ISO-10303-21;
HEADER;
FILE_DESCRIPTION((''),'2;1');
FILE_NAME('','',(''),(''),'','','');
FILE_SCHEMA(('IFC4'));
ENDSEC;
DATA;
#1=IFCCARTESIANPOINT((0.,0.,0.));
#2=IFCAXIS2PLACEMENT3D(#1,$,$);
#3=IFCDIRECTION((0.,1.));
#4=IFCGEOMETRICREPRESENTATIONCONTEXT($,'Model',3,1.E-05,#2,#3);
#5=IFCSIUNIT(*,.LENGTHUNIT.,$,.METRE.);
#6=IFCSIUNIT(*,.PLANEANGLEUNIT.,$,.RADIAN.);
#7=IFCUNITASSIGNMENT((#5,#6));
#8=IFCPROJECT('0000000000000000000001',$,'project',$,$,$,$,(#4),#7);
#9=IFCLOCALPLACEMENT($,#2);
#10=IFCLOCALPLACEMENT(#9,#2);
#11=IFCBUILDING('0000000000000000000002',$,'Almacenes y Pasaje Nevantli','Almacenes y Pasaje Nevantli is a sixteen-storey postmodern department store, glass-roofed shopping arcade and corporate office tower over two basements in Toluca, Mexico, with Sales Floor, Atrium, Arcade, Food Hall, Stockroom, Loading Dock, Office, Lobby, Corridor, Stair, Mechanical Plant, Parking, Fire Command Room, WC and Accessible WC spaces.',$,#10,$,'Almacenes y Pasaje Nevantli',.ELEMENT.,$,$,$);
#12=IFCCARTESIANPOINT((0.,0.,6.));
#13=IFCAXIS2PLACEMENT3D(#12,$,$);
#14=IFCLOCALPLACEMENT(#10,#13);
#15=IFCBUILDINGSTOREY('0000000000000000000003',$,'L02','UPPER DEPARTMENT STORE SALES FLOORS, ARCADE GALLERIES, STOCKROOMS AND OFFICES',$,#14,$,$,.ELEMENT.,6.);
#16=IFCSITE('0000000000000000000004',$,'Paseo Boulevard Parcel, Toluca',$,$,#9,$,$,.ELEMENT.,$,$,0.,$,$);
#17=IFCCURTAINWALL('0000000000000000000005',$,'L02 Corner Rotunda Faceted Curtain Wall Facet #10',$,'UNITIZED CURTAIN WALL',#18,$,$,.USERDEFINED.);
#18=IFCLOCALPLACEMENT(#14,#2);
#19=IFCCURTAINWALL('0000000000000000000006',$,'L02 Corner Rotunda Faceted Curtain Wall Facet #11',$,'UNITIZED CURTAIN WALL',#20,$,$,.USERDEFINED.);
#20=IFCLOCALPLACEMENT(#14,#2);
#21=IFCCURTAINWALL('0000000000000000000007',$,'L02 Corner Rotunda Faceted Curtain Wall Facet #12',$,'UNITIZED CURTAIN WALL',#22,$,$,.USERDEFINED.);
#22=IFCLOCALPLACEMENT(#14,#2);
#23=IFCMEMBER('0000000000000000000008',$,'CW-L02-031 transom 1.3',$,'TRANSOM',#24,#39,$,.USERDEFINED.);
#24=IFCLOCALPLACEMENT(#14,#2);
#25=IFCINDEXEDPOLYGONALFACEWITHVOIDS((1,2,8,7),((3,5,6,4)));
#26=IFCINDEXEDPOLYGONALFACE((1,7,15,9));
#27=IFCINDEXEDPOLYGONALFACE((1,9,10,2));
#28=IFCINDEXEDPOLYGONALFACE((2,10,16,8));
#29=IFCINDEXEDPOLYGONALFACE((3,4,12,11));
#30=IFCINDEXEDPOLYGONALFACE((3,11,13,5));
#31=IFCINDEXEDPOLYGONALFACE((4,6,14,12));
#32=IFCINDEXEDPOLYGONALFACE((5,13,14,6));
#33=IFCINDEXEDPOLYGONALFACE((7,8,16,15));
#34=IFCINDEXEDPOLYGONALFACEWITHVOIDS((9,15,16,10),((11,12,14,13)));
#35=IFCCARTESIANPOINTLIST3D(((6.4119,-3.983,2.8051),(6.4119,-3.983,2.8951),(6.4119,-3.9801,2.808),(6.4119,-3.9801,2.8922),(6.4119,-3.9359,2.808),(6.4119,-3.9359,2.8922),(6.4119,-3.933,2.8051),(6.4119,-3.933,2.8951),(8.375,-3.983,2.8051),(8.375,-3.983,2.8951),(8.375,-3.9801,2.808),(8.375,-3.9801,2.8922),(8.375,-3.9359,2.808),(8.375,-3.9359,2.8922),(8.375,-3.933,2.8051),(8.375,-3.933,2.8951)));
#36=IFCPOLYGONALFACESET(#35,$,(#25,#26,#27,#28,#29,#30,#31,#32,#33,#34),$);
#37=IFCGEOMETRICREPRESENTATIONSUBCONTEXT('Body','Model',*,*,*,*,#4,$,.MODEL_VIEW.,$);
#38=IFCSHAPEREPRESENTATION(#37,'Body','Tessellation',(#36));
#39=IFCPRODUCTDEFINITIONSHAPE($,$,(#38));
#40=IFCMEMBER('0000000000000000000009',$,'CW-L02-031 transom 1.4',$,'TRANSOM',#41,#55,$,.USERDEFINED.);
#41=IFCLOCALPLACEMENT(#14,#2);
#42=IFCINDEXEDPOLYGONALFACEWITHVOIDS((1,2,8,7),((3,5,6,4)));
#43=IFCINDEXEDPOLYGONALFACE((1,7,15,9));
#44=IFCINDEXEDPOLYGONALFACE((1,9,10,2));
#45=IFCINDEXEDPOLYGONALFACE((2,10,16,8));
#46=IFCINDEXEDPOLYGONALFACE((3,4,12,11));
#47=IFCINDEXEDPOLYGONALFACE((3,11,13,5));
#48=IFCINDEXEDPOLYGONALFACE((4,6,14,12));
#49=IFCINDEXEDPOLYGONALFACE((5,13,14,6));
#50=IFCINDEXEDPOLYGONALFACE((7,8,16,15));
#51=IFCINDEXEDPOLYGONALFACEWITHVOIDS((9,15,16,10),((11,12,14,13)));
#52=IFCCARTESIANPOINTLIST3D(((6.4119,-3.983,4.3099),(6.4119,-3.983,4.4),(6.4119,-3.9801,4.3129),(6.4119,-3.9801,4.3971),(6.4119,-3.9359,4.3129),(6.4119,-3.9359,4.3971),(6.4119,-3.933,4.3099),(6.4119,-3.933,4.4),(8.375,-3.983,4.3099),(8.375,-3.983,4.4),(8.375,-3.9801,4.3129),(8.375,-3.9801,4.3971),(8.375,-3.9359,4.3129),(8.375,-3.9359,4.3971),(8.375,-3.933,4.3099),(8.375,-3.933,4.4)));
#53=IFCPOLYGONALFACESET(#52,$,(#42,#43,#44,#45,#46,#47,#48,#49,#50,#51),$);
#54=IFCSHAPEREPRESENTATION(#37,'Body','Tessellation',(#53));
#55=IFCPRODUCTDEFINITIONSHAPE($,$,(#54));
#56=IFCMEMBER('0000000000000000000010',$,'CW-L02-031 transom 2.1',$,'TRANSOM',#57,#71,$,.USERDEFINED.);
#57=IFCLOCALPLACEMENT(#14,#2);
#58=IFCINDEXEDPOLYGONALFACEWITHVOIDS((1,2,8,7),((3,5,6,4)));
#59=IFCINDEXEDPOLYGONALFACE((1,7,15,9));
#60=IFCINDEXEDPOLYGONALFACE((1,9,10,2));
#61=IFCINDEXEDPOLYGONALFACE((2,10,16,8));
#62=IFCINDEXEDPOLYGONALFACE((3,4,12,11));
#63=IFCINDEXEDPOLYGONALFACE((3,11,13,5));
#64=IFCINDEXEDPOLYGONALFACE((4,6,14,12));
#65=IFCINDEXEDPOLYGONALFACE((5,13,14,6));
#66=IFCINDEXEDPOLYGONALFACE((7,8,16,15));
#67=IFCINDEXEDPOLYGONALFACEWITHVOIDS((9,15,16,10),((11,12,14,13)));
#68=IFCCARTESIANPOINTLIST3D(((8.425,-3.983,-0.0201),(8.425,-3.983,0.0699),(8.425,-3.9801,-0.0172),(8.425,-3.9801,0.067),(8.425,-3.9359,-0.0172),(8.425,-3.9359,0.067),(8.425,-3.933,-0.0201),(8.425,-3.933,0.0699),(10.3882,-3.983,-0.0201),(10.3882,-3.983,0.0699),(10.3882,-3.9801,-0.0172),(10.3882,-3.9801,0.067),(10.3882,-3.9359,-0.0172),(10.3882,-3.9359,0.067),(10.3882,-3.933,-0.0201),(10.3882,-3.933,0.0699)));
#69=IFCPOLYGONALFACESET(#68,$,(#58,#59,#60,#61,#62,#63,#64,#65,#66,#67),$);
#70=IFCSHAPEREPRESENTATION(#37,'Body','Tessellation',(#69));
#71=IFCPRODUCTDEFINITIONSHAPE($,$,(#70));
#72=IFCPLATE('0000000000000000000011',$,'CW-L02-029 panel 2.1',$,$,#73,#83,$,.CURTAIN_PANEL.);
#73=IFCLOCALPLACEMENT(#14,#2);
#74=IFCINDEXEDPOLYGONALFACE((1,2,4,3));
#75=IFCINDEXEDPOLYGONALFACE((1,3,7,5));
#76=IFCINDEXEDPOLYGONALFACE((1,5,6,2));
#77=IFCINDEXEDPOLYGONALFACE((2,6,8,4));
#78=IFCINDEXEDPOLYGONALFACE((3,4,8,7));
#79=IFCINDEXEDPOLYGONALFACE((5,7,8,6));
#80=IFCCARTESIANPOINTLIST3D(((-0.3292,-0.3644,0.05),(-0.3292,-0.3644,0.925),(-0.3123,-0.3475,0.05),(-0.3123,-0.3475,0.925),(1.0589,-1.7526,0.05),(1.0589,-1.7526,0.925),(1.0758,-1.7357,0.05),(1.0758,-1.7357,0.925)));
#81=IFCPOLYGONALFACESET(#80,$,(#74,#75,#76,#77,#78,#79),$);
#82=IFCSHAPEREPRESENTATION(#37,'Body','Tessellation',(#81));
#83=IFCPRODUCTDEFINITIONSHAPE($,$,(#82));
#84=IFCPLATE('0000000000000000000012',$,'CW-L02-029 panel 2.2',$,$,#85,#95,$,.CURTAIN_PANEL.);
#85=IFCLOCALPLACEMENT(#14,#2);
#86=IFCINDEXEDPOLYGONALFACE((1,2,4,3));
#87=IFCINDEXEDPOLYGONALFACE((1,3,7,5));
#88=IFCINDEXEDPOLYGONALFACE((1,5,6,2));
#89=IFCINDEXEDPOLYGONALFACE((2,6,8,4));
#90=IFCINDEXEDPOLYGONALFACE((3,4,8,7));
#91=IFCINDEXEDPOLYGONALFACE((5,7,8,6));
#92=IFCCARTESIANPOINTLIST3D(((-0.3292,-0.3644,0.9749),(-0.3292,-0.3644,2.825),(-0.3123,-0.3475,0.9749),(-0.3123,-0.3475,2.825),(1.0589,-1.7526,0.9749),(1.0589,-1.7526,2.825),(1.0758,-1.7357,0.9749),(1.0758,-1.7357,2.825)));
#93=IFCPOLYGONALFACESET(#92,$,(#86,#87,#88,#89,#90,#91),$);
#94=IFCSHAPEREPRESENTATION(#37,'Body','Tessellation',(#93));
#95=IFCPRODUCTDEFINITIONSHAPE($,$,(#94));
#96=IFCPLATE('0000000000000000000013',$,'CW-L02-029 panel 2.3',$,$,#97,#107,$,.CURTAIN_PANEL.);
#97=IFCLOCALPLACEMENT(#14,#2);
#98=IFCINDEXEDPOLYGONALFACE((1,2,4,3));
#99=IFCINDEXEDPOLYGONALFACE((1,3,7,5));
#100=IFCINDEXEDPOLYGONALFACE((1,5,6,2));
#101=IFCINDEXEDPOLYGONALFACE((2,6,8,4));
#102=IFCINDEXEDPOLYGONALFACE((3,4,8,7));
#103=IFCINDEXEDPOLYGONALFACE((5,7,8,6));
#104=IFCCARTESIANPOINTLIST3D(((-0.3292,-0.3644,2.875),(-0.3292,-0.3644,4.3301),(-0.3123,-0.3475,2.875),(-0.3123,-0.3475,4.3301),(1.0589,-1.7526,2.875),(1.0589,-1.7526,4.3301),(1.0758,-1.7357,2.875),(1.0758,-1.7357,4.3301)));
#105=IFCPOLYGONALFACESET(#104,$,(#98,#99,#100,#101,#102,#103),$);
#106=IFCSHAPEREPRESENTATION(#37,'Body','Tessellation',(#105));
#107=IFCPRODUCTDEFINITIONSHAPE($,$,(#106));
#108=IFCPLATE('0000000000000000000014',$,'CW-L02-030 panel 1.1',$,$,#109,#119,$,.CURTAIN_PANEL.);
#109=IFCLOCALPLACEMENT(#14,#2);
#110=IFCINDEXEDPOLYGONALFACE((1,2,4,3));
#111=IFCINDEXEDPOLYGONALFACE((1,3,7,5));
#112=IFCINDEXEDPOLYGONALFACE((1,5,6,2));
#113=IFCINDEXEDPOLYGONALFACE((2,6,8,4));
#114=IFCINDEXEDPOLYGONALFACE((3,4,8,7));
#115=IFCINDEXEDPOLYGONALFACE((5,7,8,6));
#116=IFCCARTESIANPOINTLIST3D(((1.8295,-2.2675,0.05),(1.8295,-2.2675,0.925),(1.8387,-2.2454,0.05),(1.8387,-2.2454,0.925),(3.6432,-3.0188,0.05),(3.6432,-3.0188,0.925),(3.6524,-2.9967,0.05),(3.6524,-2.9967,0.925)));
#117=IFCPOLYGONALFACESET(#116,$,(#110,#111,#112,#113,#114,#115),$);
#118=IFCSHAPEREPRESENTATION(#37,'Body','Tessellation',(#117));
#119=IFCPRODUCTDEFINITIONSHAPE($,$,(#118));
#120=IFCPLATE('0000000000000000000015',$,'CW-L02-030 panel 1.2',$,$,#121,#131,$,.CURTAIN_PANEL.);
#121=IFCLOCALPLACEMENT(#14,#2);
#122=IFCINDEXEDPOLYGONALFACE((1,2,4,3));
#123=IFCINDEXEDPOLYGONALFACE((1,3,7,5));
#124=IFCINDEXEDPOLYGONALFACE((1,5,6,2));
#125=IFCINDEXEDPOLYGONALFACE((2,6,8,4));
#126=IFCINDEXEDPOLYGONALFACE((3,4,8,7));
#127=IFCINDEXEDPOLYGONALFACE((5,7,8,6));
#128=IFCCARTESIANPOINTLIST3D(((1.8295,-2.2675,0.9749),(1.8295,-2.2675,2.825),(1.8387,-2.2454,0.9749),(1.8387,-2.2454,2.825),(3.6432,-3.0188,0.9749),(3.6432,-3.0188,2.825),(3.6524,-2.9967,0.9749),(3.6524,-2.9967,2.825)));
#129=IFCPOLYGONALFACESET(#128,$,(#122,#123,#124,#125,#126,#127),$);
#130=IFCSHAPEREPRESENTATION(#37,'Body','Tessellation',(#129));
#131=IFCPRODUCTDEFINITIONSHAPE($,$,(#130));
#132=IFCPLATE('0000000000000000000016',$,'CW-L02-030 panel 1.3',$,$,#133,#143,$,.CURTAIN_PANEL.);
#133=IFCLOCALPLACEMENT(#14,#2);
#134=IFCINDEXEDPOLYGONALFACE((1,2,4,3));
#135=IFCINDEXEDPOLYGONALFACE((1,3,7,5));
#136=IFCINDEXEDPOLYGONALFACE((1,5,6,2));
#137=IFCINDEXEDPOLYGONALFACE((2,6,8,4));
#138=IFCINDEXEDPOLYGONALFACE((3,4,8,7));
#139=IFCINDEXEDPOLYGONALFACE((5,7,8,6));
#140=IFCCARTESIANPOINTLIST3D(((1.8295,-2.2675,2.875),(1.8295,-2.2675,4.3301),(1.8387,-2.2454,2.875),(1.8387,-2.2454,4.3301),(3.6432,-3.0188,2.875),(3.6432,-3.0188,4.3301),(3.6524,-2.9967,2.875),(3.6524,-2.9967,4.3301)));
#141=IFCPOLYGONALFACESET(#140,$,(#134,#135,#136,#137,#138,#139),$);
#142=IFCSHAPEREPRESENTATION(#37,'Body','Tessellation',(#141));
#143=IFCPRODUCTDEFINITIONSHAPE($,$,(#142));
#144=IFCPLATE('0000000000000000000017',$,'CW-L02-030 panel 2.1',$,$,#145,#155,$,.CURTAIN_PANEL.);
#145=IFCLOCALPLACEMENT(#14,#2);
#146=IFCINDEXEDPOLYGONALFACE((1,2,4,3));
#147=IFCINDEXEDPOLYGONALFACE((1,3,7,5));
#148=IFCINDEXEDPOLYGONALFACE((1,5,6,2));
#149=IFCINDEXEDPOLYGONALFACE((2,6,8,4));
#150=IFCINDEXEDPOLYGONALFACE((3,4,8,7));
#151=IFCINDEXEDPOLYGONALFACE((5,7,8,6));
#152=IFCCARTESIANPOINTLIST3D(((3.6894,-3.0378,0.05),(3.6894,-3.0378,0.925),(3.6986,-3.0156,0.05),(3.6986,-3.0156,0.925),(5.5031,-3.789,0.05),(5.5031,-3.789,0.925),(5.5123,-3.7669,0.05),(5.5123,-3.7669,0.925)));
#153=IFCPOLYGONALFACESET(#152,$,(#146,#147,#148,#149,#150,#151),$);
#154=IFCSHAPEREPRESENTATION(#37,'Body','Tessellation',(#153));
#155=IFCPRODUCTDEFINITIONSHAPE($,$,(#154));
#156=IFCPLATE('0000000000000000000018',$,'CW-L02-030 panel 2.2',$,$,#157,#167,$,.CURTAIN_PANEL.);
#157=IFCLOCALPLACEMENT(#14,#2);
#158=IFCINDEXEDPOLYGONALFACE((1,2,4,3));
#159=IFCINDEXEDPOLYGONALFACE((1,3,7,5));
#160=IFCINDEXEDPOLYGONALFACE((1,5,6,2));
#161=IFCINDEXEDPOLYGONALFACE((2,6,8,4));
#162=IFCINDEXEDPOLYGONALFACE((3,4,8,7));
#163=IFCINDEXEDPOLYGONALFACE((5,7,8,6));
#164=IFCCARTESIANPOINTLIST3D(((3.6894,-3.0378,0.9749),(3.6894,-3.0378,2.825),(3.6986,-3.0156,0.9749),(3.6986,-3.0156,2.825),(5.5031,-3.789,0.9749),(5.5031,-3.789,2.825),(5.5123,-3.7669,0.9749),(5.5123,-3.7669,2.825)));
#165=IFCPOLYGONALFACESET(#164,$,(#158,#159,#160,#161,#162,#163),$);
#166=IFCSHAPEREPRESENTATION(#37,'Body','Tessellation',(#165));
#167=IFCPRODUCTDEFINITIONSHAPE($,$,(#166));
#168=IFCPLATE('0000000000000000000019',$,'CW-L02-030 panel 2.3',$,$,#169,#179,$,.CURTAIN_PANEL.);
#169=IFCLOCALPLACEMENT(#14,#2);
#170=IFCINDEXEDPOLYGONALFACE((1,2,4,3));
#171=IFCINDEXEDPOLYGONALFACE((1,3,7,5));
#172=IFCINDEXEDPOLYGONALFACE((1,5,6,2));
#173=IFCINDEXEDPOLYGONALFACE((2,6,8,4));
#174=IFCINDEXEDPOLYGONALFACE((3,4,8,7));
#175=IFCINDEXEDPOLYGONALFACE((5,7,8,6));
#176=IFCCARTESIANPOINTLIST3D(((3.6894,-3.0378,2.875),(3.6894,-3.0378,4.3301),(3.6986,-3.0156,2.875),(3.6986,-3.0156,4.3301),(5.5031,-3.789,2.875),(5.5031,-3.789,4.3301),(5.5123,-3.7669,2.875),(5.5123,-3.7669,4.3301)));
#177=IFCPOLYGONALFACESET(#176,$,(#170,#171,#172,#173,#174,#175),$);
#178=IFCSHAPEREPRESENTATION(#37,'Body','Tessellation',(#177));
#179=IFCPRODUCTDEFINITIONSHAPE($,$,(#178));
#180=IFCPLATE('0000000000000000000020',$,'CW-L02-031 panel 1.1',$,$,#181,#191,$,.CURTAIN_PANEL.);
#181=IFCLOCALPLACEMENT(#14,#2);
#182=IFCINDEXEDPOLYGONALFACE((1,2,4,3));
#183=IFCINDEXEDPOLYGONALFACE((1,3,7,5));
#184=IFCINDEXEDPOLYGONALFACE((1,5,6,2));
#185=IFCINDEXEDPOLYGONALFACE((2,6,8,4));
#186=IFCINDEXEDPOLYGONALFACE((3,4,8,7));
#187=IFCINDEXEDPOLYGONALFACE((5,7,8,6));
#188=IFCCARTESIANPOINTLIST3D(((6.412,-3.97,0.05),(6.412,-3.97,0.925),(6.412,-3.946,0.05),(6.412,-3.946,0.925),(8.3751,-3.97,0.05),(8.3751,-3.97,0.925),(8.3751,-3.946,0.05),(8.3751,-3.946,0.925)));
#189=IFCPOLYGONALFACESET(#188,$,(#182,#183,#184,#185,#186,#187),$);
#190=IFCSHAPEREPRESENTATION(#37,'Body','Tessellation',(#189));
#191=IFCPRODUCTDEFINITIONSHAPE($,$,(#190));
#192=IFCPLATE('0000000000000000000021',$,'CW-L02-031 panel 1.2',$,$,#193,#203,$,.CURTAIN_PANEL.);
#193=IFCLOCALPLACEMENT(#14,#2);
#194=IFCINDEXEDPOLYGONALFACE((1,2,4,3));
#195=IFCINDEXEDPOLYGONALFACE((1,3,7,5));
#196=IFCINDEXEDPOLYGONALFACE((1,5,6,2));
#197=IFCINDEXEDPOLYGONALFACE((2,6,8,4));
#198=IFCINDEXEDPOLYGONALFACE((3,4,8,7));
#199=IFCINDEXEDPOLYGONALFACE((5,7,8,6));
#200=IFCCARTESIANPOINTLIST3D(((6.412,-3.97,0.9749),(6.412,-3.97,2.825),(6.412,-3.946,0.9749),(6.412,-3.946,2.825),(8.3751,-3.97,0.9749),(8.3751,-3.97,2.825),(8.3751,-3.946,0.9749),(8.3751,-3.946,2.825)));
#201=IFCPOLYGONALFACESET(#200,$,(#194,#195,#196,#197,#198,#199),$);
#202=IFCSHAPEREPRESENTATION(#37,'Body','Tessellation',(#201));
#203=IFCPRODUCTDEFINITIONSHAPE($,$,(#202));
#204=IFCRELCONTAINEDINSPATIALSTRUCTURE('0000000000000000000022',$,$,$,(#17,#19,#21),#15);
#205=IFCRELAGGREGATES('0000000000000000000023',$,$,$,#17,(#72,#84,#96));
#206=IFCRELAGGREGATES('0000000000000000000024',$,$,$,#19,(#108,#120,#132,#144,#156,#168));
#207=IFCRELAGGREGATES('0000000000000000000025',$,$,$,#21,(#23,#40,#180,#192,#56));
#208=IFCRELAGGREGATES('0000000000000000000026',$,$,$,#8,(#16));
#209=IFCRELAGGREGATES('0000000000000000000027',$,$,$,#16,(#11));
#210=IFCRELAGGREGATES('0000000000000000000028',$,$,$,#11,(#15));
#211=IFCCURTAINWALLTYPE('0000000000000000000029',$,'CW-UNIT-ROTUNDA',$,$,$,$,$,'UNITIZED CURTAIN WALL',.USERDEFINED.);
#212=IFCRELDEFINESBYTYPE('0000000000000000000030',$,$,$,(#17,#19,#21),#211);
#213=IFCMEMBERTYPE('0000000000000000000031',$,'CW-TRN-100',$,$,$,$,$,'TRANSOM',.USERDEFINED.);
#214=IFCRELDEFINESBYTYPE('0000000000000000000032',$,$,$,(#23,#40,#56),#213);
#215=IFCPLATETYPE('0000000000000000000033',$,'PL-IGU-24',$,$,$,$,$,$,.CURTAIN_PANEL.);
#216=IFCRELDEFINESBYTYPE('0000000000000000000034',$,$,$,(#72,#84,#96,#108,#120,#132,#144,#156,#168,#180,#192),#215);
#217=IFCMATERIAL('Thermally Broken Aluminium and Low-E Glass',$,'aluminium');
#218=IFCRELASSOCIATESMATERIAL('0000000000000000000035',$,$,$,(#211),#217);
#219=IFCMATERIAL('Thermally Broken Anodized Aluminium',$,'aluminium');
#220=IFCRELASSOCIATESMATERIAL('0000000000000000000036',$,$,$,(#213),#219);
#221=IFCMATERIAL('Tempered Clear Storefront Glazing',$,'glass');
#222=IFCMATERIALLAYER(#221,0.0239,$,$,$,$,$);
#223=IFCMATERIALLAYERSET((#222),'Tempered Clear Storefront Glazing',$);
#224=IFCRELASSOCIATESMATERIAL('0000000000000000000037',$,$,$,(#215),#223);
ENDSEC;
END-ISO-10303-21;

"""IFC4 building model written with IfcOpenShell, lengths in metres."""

from ifc_helpers import new_model, si_unit, direction, frame, origin, origin_2d, place, context, subcontext, project, spatial, rectangle, hollow_rectangle, extrude, material, layer, layer_set, material_profile, profile_set, type_object, element, aggregate, save


model = new_model("IFC4")

# Units and contexts
model_context = context("Model", 3, precision=1e-05, world=origin(), true_north=direction((0.0, 1.0)))
body_context = subcontext(model_context, "Body", "Model", "MODEL_VIEW")
ifc_project = project(units=[si_unit("LENGTHUNIT", "METRE"), si_unit("PLANEANGLEUNIT", "RADIAN")], contexts=[model_context])

# Site, building, storey
site_placement = place(None, origin())
site = spatial("IfcSite", under=ifc_project, at=site_placement, Name="Paseo Boulevard Parcel, Toluca", CompositionType="ELEMENT", RefElevation=0.0)
building_placement = place(site_placement, origin())
building = spatial("IfcBuilding", under=site, at=building_placement, Name="Almacenes y Pasaje Nevantli", Description="Almacenes y Pasaje Nevantli is a sixteen-storey postmodern department store, glass-roofed shopping arcade and corporate office tower over two basements in Toluca, Mexico, with Sales Floor, Atrium, Arcade, Food Hall, Stockroom, Loading Dock, Office, Lobby, Corridor, Stair, Mechanical Plant, Parking, Fire Command Room, WC and Accessible WC spaces.", LongName="Almacenes y Pasaje Nevantli", CompositionType="ELEMENT")
storey_placement = place(building_placement, frame((0.0, 0.0, 6.0)))
storey = spatial("IfcBuildingStorey", under=building, at=storey_placement, Name="L02", Description="UPPER DEPARTMENT STORE SALES FLOORS, ARCADE GALLERIES, STOCKROOMS AND OFFICES", CompositionType="ELEMENT", Elevation=6.0)

# Curtain wall
ifc_material_1 = material(Name="Thermally Broken Aluminium and Low-E Glass", Category="aluminium")
curtain_wall_type = type_object("IfcCurtainWallType", Name="CW-UNIT-ROTUNDA", ElementType="UNITIZED CURTAIN WALL", PredefinedType="USERDEFINED", material=ifc_material_1)
curtain_wall_1_placement = place(storey_placement, origin())
curtain_wall_1 = element("IfcCurtainWall", 1, at=curtain_wall_1_placement, inside=storey, type_object=curtain_wall_type, Name="L02 Corner Rotunda Faceted Curtain Wall Facet #10", ObjectType="UNITIZED CURTAIN WALL", PredefinedType="USERDEFINED")

# Curtain walls
curtain_wall_2_placement = place(storey_placement, origin())
curtain_wall_2 = element("IfcCurtainWall", 2, at=curtain_wall_2_placement, inside=storey, type_object=curtain_wall_type, Name="L02 Corner Rotunda Faceted Curtain Wall Facet #11", ObjectType="UNITIZED CURTAIN WALL", PredefinedType="USERDEFINED")
curtain_wall_3_placement = place(storey_placement, origin())
curtain_wall_3 = element("IfcCurtainWall", 3, at=curtain_wall_3_placement, inside=storey, type_object=curtain_wall_type, Name="L02 Corner Rotunda Faceted Curtain Wall Facet #12", ObjectType="UNITIZED CURTAIN WALL", PredefinedType="USERDEFINED")

# Members
ifc_material_2 = material(Name="Thermally Broken Anodized Aluminium", Category="aluminium")
ifc_material_profile_1 = material_profile(ifc_material_2, hollow_rectangle(XDim=0.05, YDim=0.0901, WallThickness=0.0029, at=origin_2d()), Name="ALU-TRN-50x90")
ifc_profile_set_1 = profile_set([ifc_material_profile_1], Name="Thermally Broken Anodized Aluminium")
member_type_1 = type_object("IfcMemberType", Name="CW-TRN-100", ElementType="TRANSOM", PredefinedType="USERDEFINED", material=ifc_profile_set_1)
member_1_placement = place(storey_placement, frame((6.4119, -3.958, 2.8501), z_axis=(1.0, 0.0, 0.0), x_axis=(0.0, 1.0, 0.0)))
member_1 = element("IfcMember", 4, at=member_1_placement, type_object=member_type_1, Name="CW-L02-031 transom 1.3", ObjectType="TRANSOM", PredefinedType="USERDEFINED", context=body_context, shape_type="SweptSolid", body=[
    extrude(hollow_rectangle(XDim=0.05, YDim=0.0901, WallThickness=0.0029, at=origin_2d()), origin(), (0.0, 0.0, 1.0), 1.9631),
])
member_2_placement = place(storey_placement, frame((6.4119, -3.958, 4.355), z_axis=(1.0, 0.0, 0.0), x_axis=(0.0, 1.0, 0.0)))
member_2 = element("IfcMember", 5, at=member_2_placement, type_object=member_type_1, Name="CW-L02-031 transom 1.4", ObjectType="TRANSOM", PredefinedType="USERDEFINED", context=body_context, shape_type="SweptSolid", body=[
    extrude(hollow_rectangle(XDim=0.05, YDim=0.0901, WallThickness=0.0029, at=origin_2d()), origin(), (0.0, 0.0, 1.0), 1.9631),
])
member_3_placement = place(storey_placement, frame((8.425, -3.958, 0.0249), z_axis=(1.0, 0.0, 0.0), x_axis=(0.0, 1.0, 0.0)))
member_3 = element("IfcMember", 6, at=member_3_placement, type_object=member_type_1, Name="CW-L02-031 transom 2.1", ObjectType="TRANSOM", PredefinedType="USERDEFINED", context=body_context, shape_type="SweptSolid", body=[
    extrude(hollow_rectangle(XDim=0.05, YDim=0.0901, WallThickness=0.0029, at=origin_2d()), origin(), (0.0, 0.0, 1.0), 1.9631),
])

# Plates
ifc_material_3 = material(Name="Tempered Clear Storefront Glazing", Category="glass")
ifc_layer = layer(ifc_material_3, 0.0239)
ifc_layer_set = layer_set([ifc_layer], Name="Tempered Clear Storefront Glazing")
plate_type = type_object("IfcPlateType", Name="PL-IGU-24", PredefinedType="CURTAIN_PANEL", material=ifc_layer_set)
plate_1_placement = place(storey_placement, frame((0.3733, -1.05, 0.05), z_axis=(0.0, 0.0, 1.0), x_axis=(0.707107, -0.707107, 0.0)))
plate_1 = element("IfcPlate", 7, at=plate_1_placement, type_object=plate_type, Name="CW-L02-029 panel 2.1", PredefinedType="CURTAIN_PANEL", context=body_context, shape_type="SweptSolid", body=[
    extrude(rectangle(XDim=1.9631, YDim=0.0239, at=origin_2d()), origin(), (0.0, 0.0, 1.0), 0.875),
])
plate_2_placement = place(storey_placement, frame((0.3733, -1.05, 0.9749), z_axis=(0.0, 0.0, 1.0), x_axis=(0.707107, -0.707107, 0.0)))
plate_2 = element("IfcPlate", 8, at=plate_2_placement, type_object=plate_type, Name="CW-L02-029 panel 2.2", PredefinedType="CURTAIN_PANEL", context=body_context, shape_type="SweptSolid", body=[
    extrude(rectangle(XDim=1.9631, YDim=0.0239, at=origin_2d()), origin(), (0.0, 0.0, 1.0), 1.8501),
])
plate_3_placement = place(storey_placement, frame((0.3733, -1.05, 2.875), z_axis=(0.0, 0.0, 1.0), x_axis=(0.707107, -0.707107, 0.0)))
plate_3 = element("IfcPlate", 9, at=plate_3_placement, type_object=plate_type, Name="CW-L02-029 panel 2.3", PredefinedType="CURTAIN_PANEL", context=body_context, shape_type="SweptSolid", body=[
    extrude(rectangle(XDim=1.9631, YDim=0.0239, at=origin_2d()), origin(), (0.0, 0.0, 1.0), 1.4551),
])
aggregate(curtain_wall_1, [plate_1, plate_2, plate_3])
plate_4_placement = place(storey_placement, frame((2.741, -2.6321, 0.05), z_axis=(0.0, 0.0, 1.0), x_axis=(0.923873, -0.382698, 0.0)))
plate_4 = element("IfcPlate", 10, at=plate_4_placement, type_object=plate_type, Name="CW-L02-030 panel 1.1", PredefinedType="CURTAIN_PANEL", context=body_context, shape_type="SweptSolid", body=[
    extrude(rectangle(XDim=1.9631, YDim=0.0239, at=origin_2d()), origin(), (0.0, 0.0, 1.0), 0.875),
])
plate_5_placement = place(storey_placement, frame((2.741, -2.6321, 0.9749), z_axis=(0.0, 0.0, 1.0), x_axis=(0.923873, -0.382698, 0.0)))
plate_5 = element("IfcPlate", 11, at=plate_5_placement, type_object=plate_type, Name="CW-L02-030 panel 1.2", PredefinedType="CURTAIN_PANEL", context=body_context, shape_type="SweptSolid", body=[
    extrude(rectangle(XDim=1.9631, YDim=0.0239, at=origin_2d()), origin(), (0.0, 0.0, 1.0), 1.8501),
])
plate_6_placement = place(storey_placement, frame((2.741, -2.6321, 2.875), z_axis=(0.0, 0.0, 1.0), x_axis=(0.923873, -0.382698, 0.0)))
plate_6 = element("IfcPlate", 12, at=plate_6_placement, type_object=plate_type, Name="CW-L02-030 panel 1.3", PredefinedType="CURTAIN_PANEL", context=body_context, shape_type="SweptSolid", body=[
    extrude(rectangle(XDim=1.9631, YDim=0.0239, at=origin_2d()), origin(), (0.0, 0.0, 1.0), 1.4551),
])
plate_7_placement = place(storey_placement, frame((4.6008, -3.4023, 0.05), z_axis=(0.0, 0.0, 1.0), x_axis=(0.923873, -0.382698, 0.0)))
plate_7 = element("IfcPlate", 13, at=plate_7_placement, type_object=plate_type, Name="CW-L02-030 panel 2.1", PredefinedType="CURTAIN_PANEL", context=body_context, shape_type="SweptSolid", body=[
    extrude(rectangle(XDim=1.9631, YDim=0.0239, at=origin_2d()), origin(), (0.0, 0.0, 1.0), 0.875),
])
plate_8_placement = place(storey_placement, frame((4.6008, -3.4023, 0.9749), z_axis=(0.0, 0.0, 1.0), x_axis=(0.923873, -0.382698, 0.0)))
plate_8 = element("IfcPlate", 14, at=plate_8_placement, type_object=plate_type, Name="CW-L02-030 panel 2.2", PredefinedType="CURTAIN_PANEL", context=body_context, shape_type="SweptSolid", body=[
    extrude(rectangle(XDim=1.9631, YDim=0.0239, at=origin_2d()), origin(), (0.0, 0.0, 1.0), 1.8501),
])
plate_9_placement = place(storey_placement, frame((4.6008, -3.4023, 2.875), z_axis=(0.0, 0.0, 1.0), x_axis=(0.923873, -0.382698, 0.0)))
plate_9 = element("IfcPlate", 15, at=plate_9_placement, type_object=plate_type, Name="CW-L02-030 panel 2.3", PredefinedType="CURTAIN_PANEL", context=body_context, shape_type="SweptSolid", body=[
    extrude(rectangle(XDim=1.9631, YDim=0.0239, at=origin_2d()), origin(), (0.0, 0.0, 1.0), 1.4551),
])
aggregate(curtain_wall_2, [plate_4, plate_5, plate_6, plate_7, plate_8, plate_9])
plate_10_placement = place(storey_placement, frame((7.3936, -3.958, 0.05), z_axis=(0.0, 0.0, 1.0), x_axis=(1.0, 0.0, 0.0)))
plate_10 = element("IfcPlate", 16, at=plate_10_placement, type_object=plate_type, Name="CW-L02-031 panel 1.1", PredefinedType="CURTAIN_PANEL", context=body_context, shape_type="SweptSolid", body=[
    extrude(rectangle(XDim=1.9631, YDim=0.0239, at=origin_2d()), origin(), (0.0, 0.0, 1.0), 0.875),
])
plate_11_placement = place(storey_placement, frame((7.3936, -3.958, 0.9749), z_axis=(0.0, 0.0, 1.0), x_axis=(1.0, 0.0, 0.0)))
plate_11 = element("IfcPlate", 17, at=plate_11_placement, type_object=plate_type, Name="CW-L02-031 panel 1.2", PredefinedType="CURTAIN_PANEL", context=body_context, shape_type="SweptSolid", body=[
    extrude(rectangle(XDim=1.9631, YDim=0.0239, at=origin_2d()), origin(), (0.0, 0.0, 1.0), 1.8501),
])
aggregate(curtain_wall_3, [member_1, member_2, plate_10, plate_11, member_3])

save(model, "model.ifc")
